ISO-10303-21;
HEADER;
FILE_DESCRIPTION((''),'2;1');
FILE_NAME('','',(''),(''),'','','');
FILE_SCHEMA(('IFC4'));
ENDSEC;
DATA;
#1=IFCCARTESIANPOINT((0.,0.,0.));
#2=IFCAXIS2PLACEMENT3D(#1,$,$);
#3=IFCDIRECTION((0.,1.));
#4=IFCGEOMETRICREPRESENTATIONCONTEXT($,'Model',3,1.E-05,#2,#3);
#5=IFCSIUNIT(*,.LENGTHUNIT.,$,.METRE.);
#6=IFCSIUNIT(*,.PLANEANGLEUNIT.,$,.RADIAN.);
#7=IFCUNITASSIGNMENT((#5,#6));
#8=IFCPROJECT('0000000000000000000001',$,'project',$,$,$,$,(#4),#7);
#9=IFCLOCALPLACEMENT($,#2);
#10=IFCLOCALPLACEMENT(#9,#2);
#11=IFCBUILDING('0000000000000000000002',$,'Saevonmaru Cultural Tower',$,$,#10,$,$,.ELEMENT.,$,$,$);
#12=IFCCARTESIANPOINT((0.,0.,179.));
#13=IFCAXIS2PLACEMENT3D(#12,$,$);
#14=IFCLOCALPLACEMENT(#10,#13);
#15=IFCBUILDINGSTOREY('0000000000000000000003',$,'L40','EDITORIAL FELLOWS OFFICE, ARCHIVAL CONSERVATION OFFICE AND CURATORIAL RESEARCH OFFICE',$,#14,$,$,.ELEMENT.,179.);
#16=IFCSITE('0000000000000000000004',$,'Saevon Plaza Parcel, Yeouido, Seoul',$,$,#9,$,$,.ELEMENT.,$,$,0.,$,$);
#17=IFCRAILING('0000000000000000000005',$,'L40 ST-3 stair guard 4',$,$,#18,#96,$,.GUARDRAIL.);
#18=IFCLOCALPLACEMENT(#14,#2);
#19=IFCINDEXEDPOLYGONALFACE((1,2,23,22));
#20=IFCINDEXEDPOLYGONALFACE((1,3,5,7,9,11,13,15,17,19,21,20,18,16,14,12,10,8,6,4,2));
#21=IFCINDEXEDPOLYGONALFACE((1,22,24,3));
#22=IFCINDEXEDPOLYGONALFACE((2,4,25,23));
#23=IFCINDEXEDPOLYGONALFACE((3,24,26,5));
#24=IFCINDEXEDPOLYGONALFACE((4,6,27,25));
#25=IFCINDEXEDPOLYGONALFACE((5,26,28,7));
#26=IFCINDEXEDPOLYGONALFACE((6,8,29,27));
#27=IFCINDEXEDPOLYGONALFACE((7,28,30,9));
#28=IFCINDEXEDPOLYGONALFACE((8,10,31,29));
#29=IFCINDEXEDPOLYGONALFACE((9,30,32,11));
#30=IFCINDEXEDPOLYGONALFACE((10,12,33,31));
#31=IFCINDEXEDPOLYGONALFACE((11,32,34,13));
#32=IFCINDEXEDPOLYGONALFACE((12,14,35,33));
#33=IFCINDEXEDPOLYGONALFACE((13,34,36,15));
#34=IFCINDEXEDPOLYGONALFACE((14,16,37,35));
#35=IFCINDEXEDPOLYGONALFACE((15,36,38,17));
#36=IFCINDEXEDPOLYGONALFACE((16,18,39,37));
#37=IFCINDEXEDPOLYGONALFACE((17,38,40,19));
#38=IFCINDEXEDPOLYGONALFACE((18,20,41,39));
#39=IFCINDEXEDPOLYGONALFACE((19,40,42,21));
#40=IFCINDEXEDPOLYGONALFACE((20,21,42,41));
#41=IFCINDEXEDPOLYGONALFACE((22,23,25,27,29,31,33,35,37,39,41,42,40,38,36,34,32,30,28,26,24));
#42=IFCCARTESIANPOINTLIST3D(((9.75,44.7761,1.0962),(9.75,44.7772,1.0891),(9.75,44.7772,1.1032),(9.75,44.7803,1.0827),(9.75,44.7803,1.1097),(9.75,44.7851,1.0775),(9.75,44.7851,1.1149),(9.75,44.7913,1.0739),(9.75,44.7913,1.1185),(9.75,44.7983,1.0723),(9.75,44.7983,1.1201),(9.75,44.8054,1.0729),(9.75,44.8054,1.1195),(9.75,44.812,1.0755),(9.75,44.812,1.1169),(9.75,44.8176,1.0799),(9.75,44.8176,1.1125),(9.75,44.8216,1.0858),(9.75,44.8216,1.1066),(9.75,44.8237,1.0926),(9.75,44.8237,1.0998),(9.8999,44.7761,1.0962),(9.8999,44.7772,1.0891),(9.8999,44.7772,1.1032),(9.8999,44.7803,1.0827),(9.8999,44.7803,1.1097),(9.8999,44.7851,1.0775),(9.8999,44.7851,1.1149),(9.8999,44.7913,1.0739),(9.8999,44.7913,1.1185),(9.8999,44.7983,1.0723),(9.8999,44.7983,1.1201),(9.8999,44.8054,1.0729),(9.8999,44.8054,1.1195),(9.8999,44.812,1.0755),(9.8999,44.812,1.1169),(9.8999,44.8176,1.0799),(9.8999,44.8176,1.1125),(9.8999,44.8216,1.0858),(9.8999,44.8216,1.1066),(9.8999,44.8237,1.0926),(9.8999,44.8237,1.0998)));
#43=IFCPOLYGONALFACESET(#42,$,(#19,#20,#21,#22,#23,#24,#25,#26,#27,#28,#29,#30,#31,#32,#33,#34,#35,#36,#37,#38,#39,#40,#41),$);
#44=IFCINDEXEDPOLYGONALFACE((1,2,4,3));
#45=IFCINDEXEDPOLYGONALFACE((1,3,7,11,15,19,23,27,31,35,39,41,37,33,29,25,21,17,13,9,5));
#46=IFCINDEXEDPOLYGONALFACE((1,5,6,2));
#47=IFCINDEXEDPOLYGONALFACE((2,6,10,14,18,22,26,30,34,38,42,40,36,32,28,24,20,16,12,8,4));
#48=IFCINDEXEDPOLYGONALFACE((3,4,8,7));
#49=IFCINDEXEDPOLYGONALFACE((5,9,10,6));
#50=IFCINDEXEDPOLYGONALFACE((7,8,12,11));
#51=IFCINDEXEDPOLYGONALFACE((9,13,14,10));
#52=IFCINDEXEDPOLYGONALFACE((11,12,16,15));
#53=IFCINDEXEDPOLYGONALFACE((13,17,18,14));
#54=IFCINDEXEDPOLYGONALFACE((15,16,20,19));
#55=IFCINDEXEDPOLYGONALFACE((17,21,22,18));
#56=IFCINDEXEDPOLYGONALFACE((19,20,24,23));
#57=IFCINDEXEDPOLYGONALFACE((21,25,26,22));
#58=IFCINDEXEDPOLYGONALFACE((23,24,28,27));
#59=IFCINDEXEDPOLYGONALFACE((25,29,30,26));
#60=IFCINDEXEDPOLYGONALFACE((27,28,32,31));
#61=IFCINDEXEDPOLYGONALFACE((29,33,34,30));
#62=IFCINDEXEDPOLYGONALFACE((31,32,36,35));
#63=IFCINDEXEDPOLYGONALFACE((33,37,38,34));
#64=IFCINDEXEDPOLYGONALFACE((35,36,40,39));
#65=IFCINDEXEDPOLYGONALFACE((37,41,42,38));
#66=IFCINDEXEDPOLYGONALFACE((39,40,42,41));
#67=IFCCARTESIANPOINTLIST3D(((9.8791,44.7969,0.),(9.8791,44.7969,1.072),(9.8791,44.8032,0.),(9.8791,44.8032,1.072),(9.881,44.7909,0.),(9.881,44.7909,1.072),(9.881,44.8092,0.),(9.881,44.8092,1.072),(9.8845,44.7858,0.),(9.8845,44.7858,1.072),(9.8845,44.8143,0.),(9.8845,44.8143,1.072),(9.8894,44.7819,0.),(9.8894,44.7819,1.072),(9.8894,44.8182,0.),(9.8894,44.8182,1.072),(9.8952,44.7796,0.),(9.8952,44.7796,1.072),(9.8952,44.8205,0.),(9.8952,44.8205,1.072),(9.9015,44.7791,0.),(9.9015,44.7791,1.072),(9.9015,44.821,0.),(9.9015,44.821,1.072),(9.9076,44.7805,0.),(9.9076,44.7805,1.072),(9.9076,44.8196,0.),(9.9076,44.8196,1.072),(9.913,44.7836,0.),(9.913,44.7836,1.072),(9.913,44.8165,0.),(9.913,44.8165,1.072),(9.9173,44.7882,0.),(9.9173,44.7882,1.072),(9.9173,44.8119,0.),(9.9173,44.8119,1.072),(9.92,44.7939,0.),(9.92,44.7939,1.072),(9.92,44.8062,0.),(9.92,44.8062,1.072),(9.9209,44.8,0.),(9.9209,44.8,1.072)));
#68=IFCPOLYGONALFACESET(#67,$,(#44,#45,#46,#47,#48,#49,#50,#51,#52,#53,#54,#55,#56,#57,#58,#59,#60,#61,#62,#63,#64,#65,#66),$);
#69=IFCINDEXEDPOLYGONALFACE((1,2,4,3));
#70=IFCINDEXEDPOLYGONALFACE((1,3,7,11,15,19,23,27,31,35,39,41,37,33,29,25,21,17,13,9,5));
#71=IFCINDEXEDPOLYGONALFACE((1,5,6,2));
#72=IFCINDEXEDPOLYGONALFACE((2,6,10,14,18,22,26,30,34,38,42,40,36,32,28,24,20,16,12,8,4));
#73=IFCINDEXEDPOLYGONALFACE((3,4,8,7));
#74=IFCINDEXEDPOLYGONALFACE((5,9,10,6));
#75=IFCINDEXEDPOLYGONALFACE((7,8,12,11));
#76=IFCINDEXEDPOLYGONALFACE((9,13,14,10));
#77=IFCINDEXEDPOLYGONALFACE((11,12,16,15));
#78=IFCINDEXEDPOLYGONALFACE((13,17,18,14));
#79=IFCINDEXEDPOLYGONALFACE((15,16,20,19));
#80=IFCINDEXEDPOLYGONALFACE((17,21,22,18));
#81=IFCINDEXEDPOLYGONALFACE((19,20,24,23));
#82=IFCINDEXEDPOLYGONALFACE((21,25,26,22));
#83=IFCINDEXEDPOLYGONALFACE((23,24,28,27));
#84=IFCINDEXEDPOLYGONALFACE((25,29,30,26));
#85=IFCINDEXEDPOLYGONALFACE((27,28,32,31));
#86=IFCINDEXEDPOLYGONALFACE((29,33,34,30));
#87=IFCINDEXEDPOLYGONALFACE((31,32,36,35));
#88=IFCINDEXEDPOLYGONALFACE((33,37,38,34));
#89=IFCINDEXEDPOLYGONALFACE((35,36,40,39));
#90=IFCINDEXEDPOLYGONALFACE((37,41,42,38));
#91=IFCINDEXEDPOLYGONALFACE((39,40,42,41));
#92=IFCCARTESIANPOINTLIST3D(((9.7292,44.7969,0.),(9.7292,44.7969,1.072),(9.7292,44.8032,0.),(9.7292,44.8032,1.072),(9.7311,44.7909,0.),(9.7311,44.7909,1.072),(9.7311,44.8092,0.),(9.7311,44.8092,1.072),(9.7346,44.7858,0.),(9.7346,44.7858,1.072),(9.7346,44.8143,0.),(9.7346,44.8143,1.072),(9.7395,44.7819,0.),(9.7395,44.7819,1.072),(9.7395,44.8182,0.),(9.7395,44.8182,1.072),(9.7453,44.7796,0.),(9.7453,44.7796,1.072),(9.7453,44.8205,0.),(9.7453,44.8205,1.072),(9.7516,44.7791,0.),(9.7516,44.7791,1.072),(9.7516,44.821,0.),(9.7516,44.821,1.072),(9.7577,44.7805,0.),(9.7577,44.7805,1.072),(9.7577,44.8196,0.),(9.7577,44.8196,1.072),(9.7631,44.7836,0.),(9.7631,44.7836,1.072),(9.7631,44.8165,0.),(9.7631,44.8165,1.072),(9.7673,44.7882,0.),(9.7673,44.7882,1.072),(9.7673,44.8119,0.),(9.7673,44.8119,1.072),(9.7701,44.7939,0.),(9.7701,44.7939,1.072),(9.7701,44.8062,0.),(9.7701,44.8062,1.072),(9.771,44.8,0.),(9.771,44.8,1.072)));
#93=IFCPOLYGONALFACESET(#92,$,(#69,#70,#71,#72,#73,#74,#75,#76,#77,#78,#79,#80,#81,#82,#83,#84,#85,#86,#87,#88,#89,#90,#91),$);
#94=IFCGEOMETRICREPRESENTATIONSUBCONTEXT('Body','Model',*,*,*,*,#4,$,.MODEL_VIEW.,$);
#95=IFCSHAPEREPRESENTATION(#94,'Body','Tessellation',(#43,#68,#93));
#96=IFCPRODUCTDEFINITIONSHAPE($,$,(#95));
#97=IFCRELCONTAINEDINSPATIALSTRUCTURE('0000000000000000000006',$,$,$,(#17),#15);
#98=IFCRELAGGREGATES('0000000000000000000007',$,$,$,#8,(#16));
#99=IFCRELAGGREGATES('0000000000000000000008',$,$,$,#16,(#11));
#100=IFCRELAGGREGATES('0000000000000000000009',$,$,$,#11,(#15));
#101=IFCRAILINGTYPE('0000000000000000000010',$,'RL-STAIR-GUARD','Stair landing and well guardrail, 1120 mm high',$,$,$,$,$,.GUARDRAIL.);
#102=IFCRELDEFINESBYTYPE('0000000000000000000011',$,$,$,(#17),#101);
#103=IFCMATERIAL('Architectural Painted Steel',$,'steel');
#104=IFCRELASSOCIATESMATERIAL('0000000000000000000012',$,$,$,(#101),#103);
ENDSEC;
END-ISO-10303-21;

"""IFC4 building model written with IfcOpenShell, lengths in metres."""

from ifc_helpers import new_model, si_unit, direction, frame, origin, origin_2d, place, context, subcontext, project, spatial, circle, extrude, material, type_object, element, save


model = new_model("IFC4")

# Units and contexts
model_context = context("Model", 3, precision=1e-05, world=origin(), true_north=direction((0.0, 1.0)))
body_context = subcontext(model_context, "Body", "Model", "MODEL_VIEW")
ifc_project = project(units=[si_unit("LENGTHUNIT", "METRE"), si_unit("PLANEANGLEUNIT", "RADIAN")], contexts=[model_context])

# Site, building, storey
site_placement = place(None, origin())
site = spatial("IfcSite", under=ifc_project, at=site_placement, Name="Saevon Plaza Parcel, Yeouido, Seoul", CompositionType="ELEMENT", RefElevation=0.0)
building_placement = place(site_placement, origin())
building = spatial("IfcBuilding", under=site, at=building_placement, Name="Saevonmaru Cultural Tower", CompositionType="ELEMENT")
storey_placement = place(building_placement, frame((0.0, 0.0, 179.0)))
storey = spatial("IfcBuildingStorey", under=building, at=storey_placement, Name="L40", Description="EDITORIAL FELLOWS OFFICE, ARCHIVAL CONSERVATION OFFICE AND CURATORIAL RESEARCH OFFICE", CompositionType="ELEMENT", Elevation=179.0)

# Railing
ifc_material_1 = material(Name="Architectural Painted Steel", Category="steel")
railing_type_1 = type_object("IfcRailingType", Name="RL-STAIR-GUARD", Description="Stair landing and well guardrail, 1120 mm high", PredefinedType="GUARDRAIL", material=ifc_material_1)
railing_1_placement = place(storey_placement, frame((9.8999, 44.8, 0.0)))
element("IfcRailing", 1, at=railing_1_placement, inside=storey, type_object=railing_type_1, Name="L40 ST-3 stair guard 4", PredefinedType="GUARDRAIL", context=body_context, shape_type="SweptSolid", body=[
    extrude(circle(Radius=0.0239, at=origin_2d()), frame((0.0, 0.0, 1.0962), z_axis=(-1.0, 0.0, 0.0), x_axis=(0.0, -1.0, 0.0)), (0.0, 0.0, 1.0), 0.1499),
    extrude(circle(Radius=0.021, at=origin_2d()), origin(), (0.0, 0.0, 1.0), 1.072),
    extrude(circle(Radius=0.021, at=origin_2d()), frame((-0.1499, 0.0, 0.0)), (0.0, 0.0, 1.0), 1.072),
])

save(model, "model.ifc")
